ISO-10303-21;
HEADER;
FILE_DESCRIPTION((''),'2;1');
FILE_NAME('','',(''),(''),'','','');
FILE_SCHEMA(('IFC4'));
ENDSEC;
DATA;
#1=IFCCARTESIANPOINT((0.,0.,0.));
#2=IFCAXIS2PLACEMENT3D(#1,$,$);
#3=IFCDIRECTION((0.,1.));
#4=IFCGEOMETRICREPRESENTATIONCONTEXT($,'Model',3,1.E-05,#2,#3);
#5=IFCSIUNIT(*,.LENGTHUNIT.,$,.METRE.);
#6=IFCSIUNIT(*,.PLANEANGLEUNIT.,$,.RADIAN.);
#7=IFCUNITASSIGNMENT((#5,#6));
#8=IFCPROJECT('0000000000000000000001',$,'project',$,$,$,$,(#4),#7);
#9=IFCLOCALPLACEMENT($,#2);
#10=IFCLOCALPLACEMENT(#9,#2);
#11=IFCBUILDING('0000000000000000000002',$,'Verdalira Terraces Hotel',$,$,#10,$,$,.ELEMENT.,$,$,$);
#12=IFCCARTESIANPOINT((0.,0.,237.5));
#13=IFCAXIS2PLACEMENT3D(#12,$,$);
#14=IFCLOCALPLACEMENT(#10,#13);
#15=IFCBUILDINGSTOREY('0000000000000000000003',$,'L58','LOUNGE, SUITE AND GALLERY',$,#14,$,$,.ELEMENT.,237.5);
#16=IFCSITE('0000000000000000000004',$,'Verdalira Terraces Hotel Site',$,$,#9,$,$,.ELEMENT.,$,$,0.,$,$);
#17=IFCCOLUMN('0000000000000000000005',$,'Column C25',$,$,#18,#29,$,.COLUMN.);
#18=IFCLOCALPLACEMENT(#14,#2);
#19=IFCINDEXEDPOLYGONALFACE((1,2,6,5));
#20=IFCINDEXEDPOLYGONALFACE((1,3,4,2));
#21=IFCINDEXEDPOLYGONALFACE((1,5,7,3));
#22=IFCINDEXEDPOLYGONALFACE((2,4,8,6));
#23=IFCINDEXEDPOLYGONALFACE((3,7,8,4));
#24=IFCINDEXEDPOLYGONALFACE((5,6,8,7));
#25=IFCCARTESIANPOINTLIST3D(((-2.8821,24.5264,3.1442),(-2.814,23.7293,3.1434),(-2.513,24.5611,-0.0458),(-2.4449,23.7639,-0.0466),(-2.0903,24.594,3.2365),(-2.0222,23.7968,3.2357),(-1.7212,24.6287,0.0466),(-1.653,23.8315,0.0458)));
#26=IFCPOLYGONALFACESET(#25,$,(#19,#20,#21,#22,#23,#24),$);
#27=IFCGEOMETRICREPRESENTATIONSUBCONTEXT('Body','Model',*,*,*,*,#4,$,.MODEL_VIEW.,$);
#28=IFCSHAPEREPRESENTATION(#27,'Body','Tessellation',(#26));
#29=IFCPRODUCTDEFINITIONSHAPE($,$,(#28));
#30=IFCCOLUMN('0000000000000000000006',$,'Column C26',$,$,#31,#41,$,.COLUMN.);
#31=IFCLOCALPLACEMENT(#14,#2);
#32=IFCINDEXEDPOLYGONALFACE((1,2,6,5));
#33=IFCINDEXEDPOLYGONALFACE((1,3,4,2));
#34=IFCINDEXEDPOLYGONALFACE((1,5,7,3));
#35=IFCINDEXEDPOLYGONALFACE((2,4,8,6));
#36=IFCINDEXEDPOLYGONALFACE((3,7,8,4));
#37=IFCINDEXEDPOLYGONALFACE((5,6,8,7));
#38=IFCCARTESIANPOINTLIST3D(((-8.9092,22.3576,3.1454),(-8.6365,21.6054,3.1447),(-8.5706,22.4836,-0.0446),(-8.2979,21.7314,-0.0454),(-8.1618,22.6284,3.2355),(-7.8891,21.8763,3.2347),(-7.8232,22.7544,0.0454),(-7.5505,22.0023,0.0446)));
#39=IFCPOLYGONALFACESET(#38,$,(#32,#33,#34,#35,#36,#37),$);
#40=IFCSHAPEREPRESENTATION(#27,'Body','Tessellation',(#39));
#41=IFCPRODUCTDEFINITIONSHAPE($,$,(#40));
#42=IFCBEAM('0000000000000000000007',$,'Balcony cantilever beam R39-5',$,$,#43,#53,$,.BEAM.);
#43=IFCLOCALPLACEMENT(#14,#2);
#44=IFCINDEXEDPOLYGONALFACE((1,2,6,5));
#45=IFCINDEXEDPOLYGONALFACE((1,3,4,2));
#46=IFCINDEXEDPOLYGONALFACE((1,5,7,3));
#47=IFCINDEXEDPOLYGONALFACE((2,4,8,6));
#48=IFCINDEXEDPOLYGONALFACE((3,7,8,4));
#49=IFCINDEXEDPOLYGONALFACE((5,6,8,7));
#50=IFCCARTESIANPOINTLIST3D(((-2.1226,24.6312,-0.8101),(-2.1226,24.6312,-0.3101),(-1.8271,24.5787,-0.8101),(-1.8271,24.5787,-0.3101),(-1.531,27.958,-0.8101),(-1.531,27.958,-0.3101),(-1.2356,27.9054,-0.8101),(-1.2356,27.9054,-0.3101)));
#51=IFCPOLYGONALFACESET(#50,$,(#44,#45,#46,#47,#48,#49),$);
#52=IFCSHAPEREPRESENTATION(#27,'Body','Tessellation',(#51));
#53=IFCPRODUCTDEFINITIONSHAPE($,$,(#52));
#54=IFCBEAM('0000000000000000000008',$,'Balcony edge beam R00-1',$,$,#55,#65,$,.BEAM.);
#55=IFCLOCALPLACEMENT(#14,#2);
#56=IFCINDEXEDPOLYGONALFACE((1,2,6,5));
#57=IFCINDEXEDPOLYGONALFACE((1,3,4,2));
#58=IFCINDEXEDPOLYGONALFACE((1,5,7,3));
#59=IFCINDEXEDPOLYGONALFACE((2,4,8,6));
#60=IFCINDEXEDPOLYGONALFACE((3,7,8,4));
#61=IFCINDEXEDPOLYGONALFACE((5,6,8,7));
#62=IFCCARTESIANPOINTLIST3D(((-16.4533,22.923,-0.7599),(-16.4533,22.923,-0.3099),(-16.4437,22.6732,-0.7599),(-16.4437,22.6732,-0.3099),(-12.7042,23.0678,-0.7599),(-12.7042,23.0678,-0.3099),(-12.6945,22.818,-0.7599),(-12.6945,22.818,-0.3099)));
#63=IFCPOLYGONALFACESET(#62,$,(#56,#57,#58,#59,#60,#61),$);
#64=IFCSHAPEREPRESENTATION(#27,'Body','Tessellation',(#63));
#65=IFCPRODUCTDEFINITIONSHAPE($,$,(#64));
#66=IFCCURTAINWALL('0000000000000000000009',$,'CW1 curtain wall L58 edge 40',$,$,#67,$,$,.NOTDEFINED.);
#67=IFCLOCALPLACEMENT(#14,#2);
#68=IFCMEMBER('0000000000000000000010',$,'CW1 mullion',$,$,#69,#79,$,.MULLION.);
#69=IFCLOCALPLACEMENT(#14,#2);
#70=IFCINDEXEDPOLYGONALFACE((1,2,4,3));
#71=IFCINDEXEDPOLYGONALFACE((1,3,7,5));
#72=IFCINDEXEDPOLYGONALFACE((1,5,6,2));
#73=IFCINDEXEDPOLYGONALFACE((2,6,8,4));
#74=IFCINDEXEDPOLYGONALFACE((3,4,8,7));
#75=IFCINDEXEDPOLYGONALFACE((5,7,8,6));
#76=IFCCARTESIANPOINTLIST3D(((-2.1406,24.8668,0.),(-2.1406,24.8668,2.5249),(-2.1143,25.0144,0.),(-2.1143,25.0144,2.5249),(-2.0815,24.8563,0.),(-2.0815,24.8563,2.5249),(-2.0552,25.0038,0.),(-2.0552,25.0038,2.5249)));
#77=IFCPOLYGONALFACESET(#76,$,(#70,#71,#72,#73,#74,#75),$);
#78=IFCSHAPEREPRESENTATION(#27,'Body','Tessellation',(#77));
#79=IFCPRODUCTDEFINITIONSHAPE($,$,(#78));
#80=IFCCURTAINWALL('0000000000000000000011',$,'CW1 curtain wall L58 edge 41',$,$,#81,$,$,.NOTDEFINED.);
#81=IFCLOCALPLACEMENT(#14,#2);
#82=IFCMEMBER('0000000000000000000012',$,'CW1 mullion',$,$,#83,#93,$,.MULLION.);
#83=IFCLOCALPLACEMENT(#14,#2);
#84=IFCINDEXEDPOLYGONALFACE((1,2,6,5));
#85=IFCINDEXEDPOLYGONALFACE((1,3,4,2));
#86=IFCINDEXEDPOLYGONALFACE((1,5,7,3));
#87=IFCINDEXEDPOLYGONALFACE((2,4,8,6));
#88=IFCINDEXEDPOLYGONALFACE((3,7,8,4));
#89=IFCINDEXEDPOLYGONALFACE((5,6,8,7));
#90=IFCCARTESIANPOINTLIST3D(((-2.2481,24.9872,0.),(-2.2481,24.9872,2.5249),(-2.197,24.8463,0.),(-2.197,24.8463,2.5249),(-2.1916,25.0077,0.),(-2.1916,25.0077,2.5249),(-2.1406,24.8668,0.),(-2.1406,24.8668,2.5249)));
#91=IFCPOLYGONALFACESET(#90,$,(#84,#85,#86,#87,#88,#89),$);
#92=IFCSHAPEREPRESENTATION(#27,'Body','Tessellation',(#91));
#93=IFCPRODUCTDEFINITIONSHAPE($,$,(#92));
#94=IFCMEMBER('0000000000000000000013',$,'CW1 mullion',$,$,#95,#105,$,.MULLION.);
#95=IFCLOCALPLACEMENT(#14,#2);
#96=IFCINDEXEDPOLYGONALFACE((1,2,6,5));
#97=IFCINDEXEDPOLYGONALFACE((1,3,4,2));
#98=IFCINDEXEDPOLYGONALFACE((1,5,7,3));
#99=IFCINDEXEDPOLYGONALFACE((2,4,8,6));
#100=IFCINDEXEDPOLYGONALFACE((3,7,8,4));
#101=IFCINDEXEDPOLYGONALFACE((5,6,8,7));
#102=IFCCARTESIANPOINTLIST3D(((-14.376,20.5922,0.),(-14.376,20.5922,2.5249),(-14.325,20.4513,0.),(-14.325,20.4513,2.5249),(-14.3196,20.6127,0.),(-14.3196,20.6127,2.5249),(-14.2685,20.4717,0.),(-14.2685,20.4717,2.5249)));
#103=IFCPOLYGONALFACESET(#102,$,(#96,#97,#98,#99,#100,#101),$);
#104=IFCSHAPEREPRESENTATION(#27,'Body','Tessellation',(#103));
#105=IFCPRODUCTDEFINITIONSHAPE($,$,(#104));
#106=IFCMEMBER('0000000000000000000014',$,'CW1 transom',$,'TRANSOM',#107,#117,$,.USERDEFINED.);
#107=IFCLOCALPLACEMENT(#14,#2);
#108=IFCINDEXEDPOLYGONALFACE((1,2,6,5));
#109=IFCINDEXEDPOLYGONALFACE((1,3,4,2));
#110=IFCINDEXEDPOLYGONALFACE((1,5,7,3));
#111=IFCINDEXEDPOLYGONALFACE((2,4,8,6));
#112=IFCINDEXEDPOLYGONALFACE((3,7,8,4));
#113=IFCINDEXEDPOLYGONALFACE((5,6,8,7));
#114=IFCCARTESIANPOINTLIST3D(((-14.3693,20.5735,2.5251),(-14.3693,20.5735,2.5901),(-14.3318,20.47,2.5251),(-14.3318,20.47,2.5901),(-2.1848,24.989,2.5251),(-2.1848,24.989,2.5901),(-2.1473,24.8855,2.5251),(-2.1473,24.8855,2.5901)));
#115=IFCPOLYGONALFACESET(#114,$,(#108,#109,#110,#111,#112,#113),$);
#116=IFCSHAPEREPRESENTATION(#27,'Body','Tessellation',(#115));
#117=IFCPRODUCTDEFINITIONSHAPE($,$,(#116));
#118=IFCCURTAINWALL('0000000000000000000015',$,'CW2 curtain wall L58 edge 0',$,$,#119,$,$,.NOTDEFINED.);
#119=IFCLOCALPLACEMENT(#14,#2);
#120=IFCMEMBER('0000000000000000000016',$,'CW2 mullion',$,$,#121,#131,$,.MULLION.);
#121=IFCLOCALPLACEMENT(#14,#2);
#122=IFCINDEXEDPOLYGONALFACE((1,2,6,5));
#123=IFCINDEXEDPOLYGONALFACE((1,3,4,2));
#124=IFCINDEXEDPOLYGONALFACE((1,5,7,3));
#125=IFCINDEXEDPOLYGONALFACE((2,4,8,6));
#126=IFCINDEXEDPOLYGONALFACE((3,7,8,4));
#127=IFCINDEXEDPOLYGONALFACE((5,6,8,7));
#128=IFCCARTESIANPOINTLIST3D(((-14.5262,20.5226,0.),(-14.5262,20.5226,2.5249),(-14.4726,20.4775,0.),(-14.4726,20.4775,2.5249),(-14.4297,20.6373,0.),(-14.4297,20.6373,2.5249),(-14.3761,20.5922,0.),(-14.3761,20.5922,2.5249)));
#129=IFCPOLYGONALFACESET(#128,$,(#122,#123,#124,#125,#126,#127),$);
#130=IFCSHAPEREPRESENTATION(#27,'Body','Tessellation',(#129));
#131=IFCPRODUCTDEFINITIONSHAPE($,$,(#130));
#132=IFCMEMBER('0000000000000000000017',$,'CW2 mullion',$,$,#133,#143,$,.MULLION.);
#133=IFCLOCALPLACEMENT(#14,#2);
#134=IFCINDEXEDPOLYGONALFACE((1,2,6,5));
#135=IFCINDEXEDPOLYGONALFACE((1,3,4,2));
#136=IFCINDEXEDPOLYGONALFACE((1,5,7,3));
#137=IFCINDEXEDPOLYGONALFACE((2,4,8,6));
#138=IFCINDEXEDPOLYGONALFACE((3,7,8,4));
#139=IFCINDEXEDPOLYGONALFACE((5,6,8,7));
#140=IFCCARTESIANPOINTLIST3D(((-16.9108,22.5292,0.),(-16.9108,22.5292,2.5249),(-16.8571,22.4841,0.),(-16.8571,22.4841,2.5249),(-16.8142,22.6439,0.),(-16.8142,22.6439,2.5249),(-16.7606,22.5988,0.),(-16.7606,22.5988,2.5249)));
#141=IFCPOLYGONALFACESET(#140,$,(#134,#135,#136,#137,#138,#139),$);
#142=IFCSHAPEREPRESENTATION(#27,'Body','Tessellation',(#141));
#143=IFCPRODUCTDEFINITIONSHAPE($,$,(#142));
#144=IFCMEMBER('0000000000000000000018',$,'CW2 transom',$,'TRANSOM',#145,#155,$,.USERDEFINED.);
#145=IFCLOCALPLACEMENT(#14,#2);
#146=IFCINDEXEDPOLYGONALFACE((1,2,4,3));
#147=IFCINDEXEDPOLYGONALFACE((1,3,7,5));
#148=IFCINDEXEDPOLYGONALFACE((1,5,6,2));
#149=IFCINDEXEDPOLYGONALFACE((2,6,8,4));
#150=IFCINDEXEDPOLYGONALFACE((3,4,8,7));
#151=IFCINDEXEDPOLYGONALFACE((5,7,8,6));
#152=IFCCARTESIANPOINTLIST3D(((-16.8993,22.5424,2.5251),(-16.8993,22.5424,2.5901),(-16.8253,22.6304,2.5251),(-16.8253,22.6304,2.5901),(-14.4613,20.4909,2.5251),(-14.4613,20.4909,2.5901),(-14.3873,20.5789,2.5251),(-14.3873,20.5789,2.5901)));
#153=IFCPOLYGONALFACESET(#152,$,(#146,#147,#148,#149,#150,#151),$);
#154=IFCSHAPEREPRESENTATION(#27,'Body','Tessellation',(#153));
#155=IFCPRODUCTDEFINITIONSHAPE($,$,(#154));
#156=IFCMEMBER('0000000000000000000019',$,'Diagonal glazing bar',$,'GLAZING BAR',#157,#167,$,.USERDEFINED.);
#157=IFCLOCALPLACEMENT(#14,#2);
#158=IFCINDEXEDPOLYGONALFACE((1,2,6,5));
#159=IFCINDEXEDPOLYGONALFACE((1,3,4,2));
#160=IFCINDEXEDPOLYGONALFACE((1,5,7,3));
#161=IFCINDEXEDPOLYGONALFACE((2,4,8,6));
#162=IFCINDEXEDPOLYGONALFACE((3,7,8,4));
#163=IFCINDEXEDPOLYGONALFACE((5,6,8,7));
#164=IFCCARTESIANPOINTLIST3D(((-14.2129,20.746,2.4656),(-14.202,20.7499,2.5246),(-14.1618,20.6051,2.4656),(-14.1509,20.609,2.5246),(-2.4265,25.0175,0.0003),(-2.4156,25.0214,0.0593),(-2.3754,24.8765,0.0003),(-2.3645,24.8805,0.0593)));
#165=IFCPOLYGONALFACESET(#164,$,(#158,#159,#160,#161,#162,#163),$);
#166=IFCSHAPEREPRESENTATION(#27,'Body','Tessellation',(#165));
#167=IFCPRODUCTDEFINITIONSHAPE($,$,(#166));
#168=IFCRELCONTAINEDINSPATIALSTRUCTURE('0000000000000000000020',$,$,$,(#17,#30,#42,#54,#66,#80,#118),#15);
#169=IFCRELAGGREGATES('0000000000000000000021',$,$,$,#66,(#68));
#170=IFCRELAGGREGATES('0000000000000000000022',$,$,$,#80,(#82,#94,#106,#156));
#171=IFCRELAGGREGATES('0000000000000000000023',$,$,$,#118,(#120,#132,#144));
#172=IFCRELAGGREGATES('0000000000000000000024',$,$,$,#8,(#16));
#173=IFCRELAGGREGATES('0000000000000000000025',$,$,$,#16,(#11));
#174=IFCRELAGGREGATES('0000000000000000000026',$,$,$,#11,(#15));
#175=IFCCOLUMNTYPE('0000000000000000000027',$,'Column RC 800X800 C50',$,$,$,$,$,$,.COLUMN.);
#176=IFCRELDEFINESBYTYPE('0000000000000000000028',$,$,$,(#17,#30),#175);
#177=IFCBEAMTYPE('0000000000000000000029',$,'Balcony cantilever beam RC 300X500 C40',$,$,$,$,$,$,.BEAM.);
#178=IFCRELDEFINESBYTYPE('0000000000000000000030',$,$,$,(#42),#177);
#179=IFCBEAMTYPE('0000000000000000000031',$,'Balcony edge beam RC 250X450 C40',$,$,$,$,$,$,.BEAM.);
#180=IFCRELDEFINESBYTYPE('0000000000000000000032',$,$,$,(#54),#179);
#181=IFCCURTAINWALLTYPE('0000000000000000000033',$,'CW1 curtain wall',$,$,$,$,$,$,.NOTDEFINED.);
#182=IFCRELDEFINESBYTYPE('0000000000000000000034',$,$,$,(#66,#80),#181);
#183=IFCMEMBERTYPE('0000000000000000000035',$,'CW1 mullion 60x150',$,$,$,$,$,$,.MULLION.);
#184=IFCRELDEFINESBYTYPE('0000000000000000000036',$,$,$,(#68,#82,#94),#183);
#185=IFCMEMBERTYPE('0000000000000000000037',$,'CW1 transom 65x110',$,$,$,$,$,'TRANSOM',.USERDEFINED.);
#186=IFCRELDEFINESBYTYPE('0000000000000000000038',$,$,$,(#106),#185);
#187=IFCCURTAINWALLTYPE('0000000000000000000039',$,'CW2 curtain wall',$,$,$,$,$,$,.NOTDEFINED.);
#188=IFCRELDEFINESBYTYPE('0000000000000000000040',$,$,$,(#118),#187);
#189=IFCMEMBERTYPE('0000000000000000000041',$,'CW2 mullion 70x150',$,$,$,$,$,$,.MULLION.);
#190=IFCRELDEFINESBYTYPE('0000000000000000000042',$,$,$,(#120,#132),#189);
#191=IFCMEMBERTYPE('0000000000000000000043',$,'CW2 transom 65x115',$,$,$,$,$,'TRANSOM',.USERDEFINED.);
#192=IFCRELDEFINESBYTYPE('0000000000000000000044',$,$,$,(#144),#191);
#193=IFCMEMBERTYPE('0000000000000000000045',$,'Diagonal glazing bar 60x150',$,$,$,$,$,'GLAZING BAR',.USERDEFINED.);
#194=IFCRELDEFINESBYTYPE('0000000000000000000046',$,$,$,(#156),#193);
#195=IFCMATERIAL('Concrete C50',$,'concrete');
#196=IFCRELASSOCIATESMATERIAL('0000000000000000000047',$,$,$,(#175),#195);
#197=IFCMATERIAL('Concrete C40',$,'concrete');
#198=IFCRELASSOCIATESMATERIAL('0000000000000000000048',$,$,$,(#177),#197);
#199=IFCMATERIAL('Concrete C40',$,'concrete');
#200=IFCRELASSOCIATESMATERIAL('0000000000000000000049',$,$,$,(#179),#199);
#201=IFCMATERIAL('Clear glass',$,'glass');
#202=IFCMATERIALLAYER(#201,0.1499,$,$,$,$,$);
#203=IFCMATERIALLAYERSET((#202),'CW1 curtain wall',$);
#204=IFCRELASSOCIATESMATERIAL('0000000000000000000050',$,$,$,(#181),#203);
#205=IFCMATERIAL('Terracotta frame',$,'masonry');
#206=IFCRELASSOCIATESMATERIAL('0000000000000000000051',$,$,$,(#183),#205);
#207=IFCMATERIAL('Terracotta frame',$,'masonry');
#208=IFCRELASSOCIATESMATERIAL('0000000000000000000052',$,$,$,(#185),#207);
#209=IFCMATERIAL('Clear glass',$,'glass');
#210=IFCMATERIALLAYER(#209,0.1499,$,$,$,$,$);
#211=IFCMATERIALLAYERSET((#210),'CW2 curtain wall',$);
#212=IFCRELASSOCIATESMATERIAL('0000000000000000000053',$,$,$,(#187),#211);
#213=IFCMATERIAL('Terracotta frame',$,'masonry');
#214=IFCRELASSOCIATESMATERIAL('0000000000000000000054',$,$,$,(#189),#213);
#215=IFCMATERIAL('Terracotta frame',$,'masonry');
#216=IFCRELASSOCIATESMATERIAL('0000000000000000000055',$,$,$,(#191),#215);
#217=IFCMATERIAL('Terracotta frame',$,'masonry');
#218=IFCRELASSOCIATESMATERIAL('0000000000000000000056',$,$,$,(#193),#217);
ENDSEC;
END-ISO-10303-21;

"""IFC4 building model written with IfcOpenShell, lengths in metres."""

from ifc_helpers import new_model, si_unit, direction, frame, origin, origin_2d, place, context, subcontext, project, spatial, rectangle, extrude, material, layer, layer_set, material_profile, profile_set, type_object, element, aggregate, save


model = new_model("IFC4")

# Units and contexts
model_context = context("Model", 3, precision=1e-05, world=origin(), true_north=direction((0.0, 1.0)))
body_context = subcontext(model_context, "Body", "Model", "MODEL_VIEW")
ifc_project = project(units=[si_unit("LENGTHUNIT", "METRE"), si_unit("PLANEANGLEUNIT", "RADIAN")], contexts=[model_context])

# Site, building, storey
site_placement = place(None, origin())
site = spatial("IfcSite", under=ifc_project, at=site_placement, Name="Verdalira Terraces Hotel Site", CompositionType="ELEMENT", RefElevation=0.0)
building_placement = place(site_placement, origin())
building = spatial("IfcBuilding", under=site, at=building_placement, Name="Verdalira Terraces Hotel", CompositionType="ELEMENT")
storey_placement = place(building_placement, frame((0.0, 0.0, 237.5)))
storey = spatial("IfcBuildingStorey", under=building, at=storey_placement, Name="L58", Description="LOUNGE, SUITE AND GALLERY", CompositionType="ELEMENT", Elevation=237.5)

# Columns
ifc_material_1 = material(Name="Concrete C50", Category="concrete")
ifc_material_profile_1 = material_profile(ifc_material_1, rectangle(XDim=0.8, YDim=0.8, at=origin_2d()), Name="RC 800X800")
ifc_profile_set_1 = profile_set([ifc_material_profile_1], Name="Concrete C50")
column_type = type_object("IfcColumnType", Name="Column RC 800X800 C50", PredefinedType="COLUMN", material=ifc_profile_set_1)
column_1_placement = place(storey_placement, frame((-2.083, 24.1963, 0.0), z_axis=(-0.114946, -0.010795, 0.993313), x_axis=(0.989715, 0.084479, 0.115448)))
element("IfcColumn", 1, at=column_1_placement, inside=storey, type_object=column_type, Name="Column C25", PredefinedType="COLUMN", context=body_context, shape_type="SweptSolid", body=[
    extrude(rectangle(XDim=0.8, YDim=0.8, at=origin_2d()), origin(), (0.0, 0.0, 1.0), 3.2114),
])
column_2_placement = place(storey_placement, frame((-8.0605, 22.2429, 0.0), z_axis=(-0.105479, -0.039241, 0.993647), x_axis=(-0.934195, -0.338549, -0.112538)))
element("IfcColumn", 2, at=column_2_placement, inside=storey, type_object=column_type, Name="Column C26", PredefinedType="COLUMN", context=body_context, shape_type="SweptSolid", body=[
    extrude(rectangle(XDim=0.8, YDim=0.8, at=origin_2d()), origin(), (0.0, 0.0, 1.0), 3.2104),
])

# Beams
ifc_material_2 = material(Name="Concrete C40", Category="concrete")
ifc_material_profile_2 = material_profile(ifc_material_2, rectangle(XDim=0.3, YDim=0.5, at=origin_2d()), Name="RC 300X500")
ifc_profile_set_2 = profile_set([ifc_material_profile_2], Name="Concrete C40")
beam_type_1 = type_object("IfcBeamType", Name="Balcony cantilever beam RC 300X500 C40", PredefinedType="BEAM", material=ifc_profile_set_2)
beam_1_placement = place(storey_placement, frame((-1.9749, 24.605, -0.5601), z_axis=(0.175075, 0.984555, 0.0), x_axis=(-0.984555, 0.175075, 0.0)))
element("IfcBeam", 3, at=beam_1_placement, inside=storey, type_object=beam_type_1, Name="Balcony cantilever beam R39-5", PredefinedType="BEAM", context=body_context, shape_type="SweptSolid", body=[
    extrude(rectangle(XDim=0.3, YDim=0.5, at=origin_2d()), origin(), (0.0, 0.0, 1.0), 3.3789),
])
ifc_material_3 = material(Name="Concrete C40", Category="concrete")
ifc_material_profile_3 = material_profile(ifc_material_3, rectangle(XDim=0.25, YDim=0.45, at=origin_2d()), Name="RC 250X450")
ifc_profile_set_3 = profile_set([ifc_material_profile_3], Name="Concrete C40")
beam_type_2 = type_object("IfcBeamType", Name="Balcony edge beam RC 250X450 C40", PredefinedType="BEAM", material=ifc_profile_set_3)
beam_2_placement = place(storey_placement, frame((-16.4485, 22.7981, -0.5349), z_axis=(0.999255, 0.038586, 0.0), x_axis=(-0.038586, 0.999255, 0.0)))
element("IfcBeam", 4, at=beam_2_placement, inside=storey, type_object=beam_type_2, Name="Balcony edge beam R00-1", PredefinedType="BEAM", context=body_context, shape_type="SweptSolid", body=[
    extrude(rectangle(XDim=0.25, YDim=0.45, at=origin_2d()), origin(), (0.0, 0.0, 1.0), 3.752),
])

# Curtain wall, member
ifc_material_4 = material(Name="Clear glass", Category="glass")
ifc_layer_1 = layer(ifc_material_4, 0.1499)
ifc_layer_set_1 = layer_set([ifc_layer_1], Name="CW1 curtain wall")
curtain_wall_type_1 = type_object("IfcCurtainWallType", Name="CW1 curtain wall", PredefinedType="NOTDEFINED", material=ifc_layer_set_1)
curtain_wall_1_placement = place(storey_placement, origin())
curtain_wall_1 = element("IfcCurtainWall", 5, at=curtain_wall_1_placement, inside=storey, type_object=curtain_wall_type_1, Name="CW1 curtain wall L58 edge 40", PredefinedType="NOTDEFINED")
ifc_material_5 = material(Name="Terracotta frame", Category="masonry")
ifc_material_profile_4 = material_profile(ifc_material_5, rectangle(XDim=0.0601, YDim=0.1499, at=origin_2d()), Name="MU 60x150")
ifc_profile_set_4 = profile_set([ifc_material_profile_4], Name="Terracotta frame")
member_type_1 = type_object("IfcMemberType", Name="CW1 mullion 60x150", PredefinedType="MULLION", material=ifc_profile_set_4)
member_1_placement = place(storey_placement, frame((-2.0979, 24.9353, 0.0), z_axis=(0.0, 0.0, 1.0), x_axis=(-0.984564, 0.175023, 0.0)))
member_1 = element("IfcMember", 6, at=member_1_placement, type_object=member_type_1, Name="CW1 mullion", PredefinedType="MULLION", context=body_context, shape_type="SweptSolid", body=[
    extrude(rectangle(XDim=0.0601, YDim=0.1499, at=origin_2d()), origin(), (0.0, 0.0, 1.0), 2.5249),
])
aggregate(curtain_wall_1, [member_1])

# Curtain walls, members
curtain_wall_2_placement = place(storey_placement, origin())
curtain_wall_2 = element("IfcCurtainWall", 7, at=curtain_wall_2_placement, inside=storey, type_object=curtain_wall_type_1, Name="CW1 curtain wall L58 edge 41", PredefinedType="NOTDEFINED")
member_2_placement = place(storey_placement, frame((-2.1943, 24.927, 0.0), z_axis=(0.0, 0.0, 1.0), x_axis=(-0.940169, -0.340708, 0.0)))
member_2 = element("IfcMember", 8, at=member_2_placement, type_object=member_type_1, Name="CW1 mullion", PredefinedType="MULLION", context=body_context, shape_type="SweptSolid", body=[
    extrude(rectangle(XDim=0.0601, YDim=0.1499, at=origin_2d()), origin(), (0.0, 0.0, 1.0), 2.5249),
])
member_3_placement = place(storey_placement, frame((-14.3223, 20.532, 0.0), z_axis=(0.0, 0.0, 1.0), x_axis=(-0.940169, -0.340708, 0.0)))
member_3 = element("IfcMember", 9, at=member_3_placement, type_object=member_type_1, Name="CW1 mullion", PredefinedType="MULLION", context=body_context, shape_type="SweptSolid", body=[
    extrude(rectangle(XDim=0.0601, YDim=0.1499, at=origin_2d()), origin(), (0.0, 0.0, 1.0), 2.5249),
])
ifc_material_6 = material(Name="Terracotta frame", Category="masonry")
ifc_material_profile_5 = material_profile(ifc_material_6, rectangle(XDim=0.1101, YDim=0.0649, at=origin_2d()), Name="TR 65x110")
ifc_profile_set_5 = profile_set([ifc_material_profile_5], Name="Terracotta frame")
member_type_2 = type_object("IfcMemberType", Name="CW1 transom 65x110", ElementType="TRANSOM", PredefinedType="USERDEFINED", material=ifc_profile_set_5)
member_4_placement = place(storey_placement, frame((-2.166, 24.9373, 2.5576), z_axis=(-0.94017, -0.340705, 0.0), x_axis=(0.340705, -0.94017, 0.0)))
member_4 = element("IfcMember", 10, at=member_4_placement, type_object=member_type_2, Name="CW1 transom", ObjectType="TRANSOM", PredefinedType="USERDEFINED", context=body_context, shape_type="SweptSolid", body=[
    extrude(rectangle(XDim=0.1101, YDim=0.0649, at=origin_2d()), origin(), (0.0, 0.0, 1.0), 12.96),
])
ifc_material_7 = material(Name="Clear glass", Category="glass")
ifc_layer_2 = layer(ifc_material_7, 0.1499)
ifc_layer_set_2 = layer_set([ifc_layer_2], Name="CW2 curtain wall")
curtain_wall_type_2 = type_object("IfcCurtainWallType", Name="CW2 curtain wall", PredefinedType="NOTDEFINED", material=ifc_layer_set_2)
curtain_wall_3_placement = place(storey_placement, origin())
curtain_wall_3 = element("IfcCurtainWall", 11, at=curtain_wall_3_placement, inside=storey, type_object=curtain_wall_type_2, Name="CW2 curtain wall L58 edge 0", PredefinedType="NOTDEFINED")
ifc_material_8 = material(Name="Terracotta frame", Category="masonry")
ifc_material_profile_6 = material_profile(ifc_material_8, rectangle(XDim=0.0701, YDim=0.1499, at=origin_2d()), Name="MU 70x150")
ifc_profile_set_6 = profile_set([ifc_material_profile_6], Name="Terracotta frame")
member_type_3 = type_object("IfcMemberType", Name="CW2 mullion 70x150", PredefinedType="MULLION", material=ifc_profile_set_6)
member_5_placement = place(storey_placement, frame((-14.4512, 20.5574, 0.0), z_axis=(0.0, 0.0, 1.0), x_axis=(-0.765146, 0.643857, 0.0)))
member_5 = element("IfcMember", 12, at=member_5_placement, type_object=member_type_3, Name="CW2 mullion", PredefinedType="MULLION", context=body_context, shape_type="SweptSolid", body=[
    extrude(rectangle(XDim=0.0701, YDim=0.1499, at=origin_2d()), origin(), (0.0, 0.0, 1.0), 2.5249),
])
member_6_placement = place(storey_placement, frame((-16.8357, 22.564, 0.0), z_axis=(0.0, 0.0, 1.0), x_axis=(-0.765146, 0.643857, 0.0)))
member_6 = element("IfcMember", 13, at=member_6_placement, type_object=member_type_3, Name="CW2 mullion", PredefinedType="MULLION", context=body_context, shape_type="SweptSolid", body=[
    extrude(rectangle(XDim=0.0701, YDim=0.1499, at=origin_2d()), origin(), (0.0, 0.0, 1.0), 2.5249),
])
ifc_material_9 = material(Name="Terracotta frame", Category="masonry")
ifc_material_profile_7 = material_profile(ifc_material_9, rectangle(XDim=0.115, YDim=0.0649, at=origin_2d()), Name="TR 65x115")
ifc_profile_set_7 = profile_set([ifc_material_profile_7], Name="Terracotta frame")
member_type_4 = type_object("IfcMemberType", Name="CW2 transom 65x115", ElementType="TRANSOM", PredefinedType="USERDEFINED", material=ifc_profile_set_7)
member_7_placement = place(storey_placement, frame((-14.4243, 20.5349, 2.5576), z_axis=(-0.765148, 0.643855, 0.0), x_axis=(-0.643855, -0.765148, 0.0)))
member_7 = element("IfcMember", 14, at=member_7_placement, type_object=member_type_4, Name="CW2 transom", ObjectType="TRANSOM", PredefinedType="USERDEFINED", context=body_context, shape_type="SweptSolid", body=[
    extrude(rectangle(XDim=0.115, YDim=0.0649, at=origin_2d()), origin(), (0.0, 0.0, 1.0), 3.1863),
])

# Member
ifc_material_10 = material(Name="Terracotta frame", Category="masonry")
ifc_material_profile_8 = material_profile(ifc_material_10, rectangle(XDim=0.1499, YDim=0.0601, at=origin_2d()), Name="GB 60x150")
ifc_profile_set_8 = profile_set([ifc_material_profile_8], Name="Terracotta frame")
member_type_5 = type_object("IfcMemberType", Name="Diagonal glazing bar 60x150", ElementType="GLAZING BAR", PredefinedType="USERDEFINED", material=ifc_profile_set_8)
member_8_placement = place(storey_placement, frame((-2.3955, 24.949, 0.0298), z_axis=(-0.922495, -0.33432, 0.192956), x_axis=(0.340723, -0.940164, 0.0)))
member_8 = element("IfcMember", 15, at=member_8_placement, type_object=member_type_5, Name="Diagonal glazing bar", ObjectType="GLAZING BAR", PredefinedType="USERDEFINED", context=body_context, shape_type="SweptSolid", body=[
    extrude(rectangle(XDim=0.1499, YDim=0.0601, at=origin_2d()), origin(), (0.0, 0.0, 1.0), 12.7766),
])

aggregate(curtain_wall_2, [member_2, member_3, member_4, member_8])
aggregate(curtain_wall_3, [member_5, member_6, member_7])

save(model, "model.ifc")
